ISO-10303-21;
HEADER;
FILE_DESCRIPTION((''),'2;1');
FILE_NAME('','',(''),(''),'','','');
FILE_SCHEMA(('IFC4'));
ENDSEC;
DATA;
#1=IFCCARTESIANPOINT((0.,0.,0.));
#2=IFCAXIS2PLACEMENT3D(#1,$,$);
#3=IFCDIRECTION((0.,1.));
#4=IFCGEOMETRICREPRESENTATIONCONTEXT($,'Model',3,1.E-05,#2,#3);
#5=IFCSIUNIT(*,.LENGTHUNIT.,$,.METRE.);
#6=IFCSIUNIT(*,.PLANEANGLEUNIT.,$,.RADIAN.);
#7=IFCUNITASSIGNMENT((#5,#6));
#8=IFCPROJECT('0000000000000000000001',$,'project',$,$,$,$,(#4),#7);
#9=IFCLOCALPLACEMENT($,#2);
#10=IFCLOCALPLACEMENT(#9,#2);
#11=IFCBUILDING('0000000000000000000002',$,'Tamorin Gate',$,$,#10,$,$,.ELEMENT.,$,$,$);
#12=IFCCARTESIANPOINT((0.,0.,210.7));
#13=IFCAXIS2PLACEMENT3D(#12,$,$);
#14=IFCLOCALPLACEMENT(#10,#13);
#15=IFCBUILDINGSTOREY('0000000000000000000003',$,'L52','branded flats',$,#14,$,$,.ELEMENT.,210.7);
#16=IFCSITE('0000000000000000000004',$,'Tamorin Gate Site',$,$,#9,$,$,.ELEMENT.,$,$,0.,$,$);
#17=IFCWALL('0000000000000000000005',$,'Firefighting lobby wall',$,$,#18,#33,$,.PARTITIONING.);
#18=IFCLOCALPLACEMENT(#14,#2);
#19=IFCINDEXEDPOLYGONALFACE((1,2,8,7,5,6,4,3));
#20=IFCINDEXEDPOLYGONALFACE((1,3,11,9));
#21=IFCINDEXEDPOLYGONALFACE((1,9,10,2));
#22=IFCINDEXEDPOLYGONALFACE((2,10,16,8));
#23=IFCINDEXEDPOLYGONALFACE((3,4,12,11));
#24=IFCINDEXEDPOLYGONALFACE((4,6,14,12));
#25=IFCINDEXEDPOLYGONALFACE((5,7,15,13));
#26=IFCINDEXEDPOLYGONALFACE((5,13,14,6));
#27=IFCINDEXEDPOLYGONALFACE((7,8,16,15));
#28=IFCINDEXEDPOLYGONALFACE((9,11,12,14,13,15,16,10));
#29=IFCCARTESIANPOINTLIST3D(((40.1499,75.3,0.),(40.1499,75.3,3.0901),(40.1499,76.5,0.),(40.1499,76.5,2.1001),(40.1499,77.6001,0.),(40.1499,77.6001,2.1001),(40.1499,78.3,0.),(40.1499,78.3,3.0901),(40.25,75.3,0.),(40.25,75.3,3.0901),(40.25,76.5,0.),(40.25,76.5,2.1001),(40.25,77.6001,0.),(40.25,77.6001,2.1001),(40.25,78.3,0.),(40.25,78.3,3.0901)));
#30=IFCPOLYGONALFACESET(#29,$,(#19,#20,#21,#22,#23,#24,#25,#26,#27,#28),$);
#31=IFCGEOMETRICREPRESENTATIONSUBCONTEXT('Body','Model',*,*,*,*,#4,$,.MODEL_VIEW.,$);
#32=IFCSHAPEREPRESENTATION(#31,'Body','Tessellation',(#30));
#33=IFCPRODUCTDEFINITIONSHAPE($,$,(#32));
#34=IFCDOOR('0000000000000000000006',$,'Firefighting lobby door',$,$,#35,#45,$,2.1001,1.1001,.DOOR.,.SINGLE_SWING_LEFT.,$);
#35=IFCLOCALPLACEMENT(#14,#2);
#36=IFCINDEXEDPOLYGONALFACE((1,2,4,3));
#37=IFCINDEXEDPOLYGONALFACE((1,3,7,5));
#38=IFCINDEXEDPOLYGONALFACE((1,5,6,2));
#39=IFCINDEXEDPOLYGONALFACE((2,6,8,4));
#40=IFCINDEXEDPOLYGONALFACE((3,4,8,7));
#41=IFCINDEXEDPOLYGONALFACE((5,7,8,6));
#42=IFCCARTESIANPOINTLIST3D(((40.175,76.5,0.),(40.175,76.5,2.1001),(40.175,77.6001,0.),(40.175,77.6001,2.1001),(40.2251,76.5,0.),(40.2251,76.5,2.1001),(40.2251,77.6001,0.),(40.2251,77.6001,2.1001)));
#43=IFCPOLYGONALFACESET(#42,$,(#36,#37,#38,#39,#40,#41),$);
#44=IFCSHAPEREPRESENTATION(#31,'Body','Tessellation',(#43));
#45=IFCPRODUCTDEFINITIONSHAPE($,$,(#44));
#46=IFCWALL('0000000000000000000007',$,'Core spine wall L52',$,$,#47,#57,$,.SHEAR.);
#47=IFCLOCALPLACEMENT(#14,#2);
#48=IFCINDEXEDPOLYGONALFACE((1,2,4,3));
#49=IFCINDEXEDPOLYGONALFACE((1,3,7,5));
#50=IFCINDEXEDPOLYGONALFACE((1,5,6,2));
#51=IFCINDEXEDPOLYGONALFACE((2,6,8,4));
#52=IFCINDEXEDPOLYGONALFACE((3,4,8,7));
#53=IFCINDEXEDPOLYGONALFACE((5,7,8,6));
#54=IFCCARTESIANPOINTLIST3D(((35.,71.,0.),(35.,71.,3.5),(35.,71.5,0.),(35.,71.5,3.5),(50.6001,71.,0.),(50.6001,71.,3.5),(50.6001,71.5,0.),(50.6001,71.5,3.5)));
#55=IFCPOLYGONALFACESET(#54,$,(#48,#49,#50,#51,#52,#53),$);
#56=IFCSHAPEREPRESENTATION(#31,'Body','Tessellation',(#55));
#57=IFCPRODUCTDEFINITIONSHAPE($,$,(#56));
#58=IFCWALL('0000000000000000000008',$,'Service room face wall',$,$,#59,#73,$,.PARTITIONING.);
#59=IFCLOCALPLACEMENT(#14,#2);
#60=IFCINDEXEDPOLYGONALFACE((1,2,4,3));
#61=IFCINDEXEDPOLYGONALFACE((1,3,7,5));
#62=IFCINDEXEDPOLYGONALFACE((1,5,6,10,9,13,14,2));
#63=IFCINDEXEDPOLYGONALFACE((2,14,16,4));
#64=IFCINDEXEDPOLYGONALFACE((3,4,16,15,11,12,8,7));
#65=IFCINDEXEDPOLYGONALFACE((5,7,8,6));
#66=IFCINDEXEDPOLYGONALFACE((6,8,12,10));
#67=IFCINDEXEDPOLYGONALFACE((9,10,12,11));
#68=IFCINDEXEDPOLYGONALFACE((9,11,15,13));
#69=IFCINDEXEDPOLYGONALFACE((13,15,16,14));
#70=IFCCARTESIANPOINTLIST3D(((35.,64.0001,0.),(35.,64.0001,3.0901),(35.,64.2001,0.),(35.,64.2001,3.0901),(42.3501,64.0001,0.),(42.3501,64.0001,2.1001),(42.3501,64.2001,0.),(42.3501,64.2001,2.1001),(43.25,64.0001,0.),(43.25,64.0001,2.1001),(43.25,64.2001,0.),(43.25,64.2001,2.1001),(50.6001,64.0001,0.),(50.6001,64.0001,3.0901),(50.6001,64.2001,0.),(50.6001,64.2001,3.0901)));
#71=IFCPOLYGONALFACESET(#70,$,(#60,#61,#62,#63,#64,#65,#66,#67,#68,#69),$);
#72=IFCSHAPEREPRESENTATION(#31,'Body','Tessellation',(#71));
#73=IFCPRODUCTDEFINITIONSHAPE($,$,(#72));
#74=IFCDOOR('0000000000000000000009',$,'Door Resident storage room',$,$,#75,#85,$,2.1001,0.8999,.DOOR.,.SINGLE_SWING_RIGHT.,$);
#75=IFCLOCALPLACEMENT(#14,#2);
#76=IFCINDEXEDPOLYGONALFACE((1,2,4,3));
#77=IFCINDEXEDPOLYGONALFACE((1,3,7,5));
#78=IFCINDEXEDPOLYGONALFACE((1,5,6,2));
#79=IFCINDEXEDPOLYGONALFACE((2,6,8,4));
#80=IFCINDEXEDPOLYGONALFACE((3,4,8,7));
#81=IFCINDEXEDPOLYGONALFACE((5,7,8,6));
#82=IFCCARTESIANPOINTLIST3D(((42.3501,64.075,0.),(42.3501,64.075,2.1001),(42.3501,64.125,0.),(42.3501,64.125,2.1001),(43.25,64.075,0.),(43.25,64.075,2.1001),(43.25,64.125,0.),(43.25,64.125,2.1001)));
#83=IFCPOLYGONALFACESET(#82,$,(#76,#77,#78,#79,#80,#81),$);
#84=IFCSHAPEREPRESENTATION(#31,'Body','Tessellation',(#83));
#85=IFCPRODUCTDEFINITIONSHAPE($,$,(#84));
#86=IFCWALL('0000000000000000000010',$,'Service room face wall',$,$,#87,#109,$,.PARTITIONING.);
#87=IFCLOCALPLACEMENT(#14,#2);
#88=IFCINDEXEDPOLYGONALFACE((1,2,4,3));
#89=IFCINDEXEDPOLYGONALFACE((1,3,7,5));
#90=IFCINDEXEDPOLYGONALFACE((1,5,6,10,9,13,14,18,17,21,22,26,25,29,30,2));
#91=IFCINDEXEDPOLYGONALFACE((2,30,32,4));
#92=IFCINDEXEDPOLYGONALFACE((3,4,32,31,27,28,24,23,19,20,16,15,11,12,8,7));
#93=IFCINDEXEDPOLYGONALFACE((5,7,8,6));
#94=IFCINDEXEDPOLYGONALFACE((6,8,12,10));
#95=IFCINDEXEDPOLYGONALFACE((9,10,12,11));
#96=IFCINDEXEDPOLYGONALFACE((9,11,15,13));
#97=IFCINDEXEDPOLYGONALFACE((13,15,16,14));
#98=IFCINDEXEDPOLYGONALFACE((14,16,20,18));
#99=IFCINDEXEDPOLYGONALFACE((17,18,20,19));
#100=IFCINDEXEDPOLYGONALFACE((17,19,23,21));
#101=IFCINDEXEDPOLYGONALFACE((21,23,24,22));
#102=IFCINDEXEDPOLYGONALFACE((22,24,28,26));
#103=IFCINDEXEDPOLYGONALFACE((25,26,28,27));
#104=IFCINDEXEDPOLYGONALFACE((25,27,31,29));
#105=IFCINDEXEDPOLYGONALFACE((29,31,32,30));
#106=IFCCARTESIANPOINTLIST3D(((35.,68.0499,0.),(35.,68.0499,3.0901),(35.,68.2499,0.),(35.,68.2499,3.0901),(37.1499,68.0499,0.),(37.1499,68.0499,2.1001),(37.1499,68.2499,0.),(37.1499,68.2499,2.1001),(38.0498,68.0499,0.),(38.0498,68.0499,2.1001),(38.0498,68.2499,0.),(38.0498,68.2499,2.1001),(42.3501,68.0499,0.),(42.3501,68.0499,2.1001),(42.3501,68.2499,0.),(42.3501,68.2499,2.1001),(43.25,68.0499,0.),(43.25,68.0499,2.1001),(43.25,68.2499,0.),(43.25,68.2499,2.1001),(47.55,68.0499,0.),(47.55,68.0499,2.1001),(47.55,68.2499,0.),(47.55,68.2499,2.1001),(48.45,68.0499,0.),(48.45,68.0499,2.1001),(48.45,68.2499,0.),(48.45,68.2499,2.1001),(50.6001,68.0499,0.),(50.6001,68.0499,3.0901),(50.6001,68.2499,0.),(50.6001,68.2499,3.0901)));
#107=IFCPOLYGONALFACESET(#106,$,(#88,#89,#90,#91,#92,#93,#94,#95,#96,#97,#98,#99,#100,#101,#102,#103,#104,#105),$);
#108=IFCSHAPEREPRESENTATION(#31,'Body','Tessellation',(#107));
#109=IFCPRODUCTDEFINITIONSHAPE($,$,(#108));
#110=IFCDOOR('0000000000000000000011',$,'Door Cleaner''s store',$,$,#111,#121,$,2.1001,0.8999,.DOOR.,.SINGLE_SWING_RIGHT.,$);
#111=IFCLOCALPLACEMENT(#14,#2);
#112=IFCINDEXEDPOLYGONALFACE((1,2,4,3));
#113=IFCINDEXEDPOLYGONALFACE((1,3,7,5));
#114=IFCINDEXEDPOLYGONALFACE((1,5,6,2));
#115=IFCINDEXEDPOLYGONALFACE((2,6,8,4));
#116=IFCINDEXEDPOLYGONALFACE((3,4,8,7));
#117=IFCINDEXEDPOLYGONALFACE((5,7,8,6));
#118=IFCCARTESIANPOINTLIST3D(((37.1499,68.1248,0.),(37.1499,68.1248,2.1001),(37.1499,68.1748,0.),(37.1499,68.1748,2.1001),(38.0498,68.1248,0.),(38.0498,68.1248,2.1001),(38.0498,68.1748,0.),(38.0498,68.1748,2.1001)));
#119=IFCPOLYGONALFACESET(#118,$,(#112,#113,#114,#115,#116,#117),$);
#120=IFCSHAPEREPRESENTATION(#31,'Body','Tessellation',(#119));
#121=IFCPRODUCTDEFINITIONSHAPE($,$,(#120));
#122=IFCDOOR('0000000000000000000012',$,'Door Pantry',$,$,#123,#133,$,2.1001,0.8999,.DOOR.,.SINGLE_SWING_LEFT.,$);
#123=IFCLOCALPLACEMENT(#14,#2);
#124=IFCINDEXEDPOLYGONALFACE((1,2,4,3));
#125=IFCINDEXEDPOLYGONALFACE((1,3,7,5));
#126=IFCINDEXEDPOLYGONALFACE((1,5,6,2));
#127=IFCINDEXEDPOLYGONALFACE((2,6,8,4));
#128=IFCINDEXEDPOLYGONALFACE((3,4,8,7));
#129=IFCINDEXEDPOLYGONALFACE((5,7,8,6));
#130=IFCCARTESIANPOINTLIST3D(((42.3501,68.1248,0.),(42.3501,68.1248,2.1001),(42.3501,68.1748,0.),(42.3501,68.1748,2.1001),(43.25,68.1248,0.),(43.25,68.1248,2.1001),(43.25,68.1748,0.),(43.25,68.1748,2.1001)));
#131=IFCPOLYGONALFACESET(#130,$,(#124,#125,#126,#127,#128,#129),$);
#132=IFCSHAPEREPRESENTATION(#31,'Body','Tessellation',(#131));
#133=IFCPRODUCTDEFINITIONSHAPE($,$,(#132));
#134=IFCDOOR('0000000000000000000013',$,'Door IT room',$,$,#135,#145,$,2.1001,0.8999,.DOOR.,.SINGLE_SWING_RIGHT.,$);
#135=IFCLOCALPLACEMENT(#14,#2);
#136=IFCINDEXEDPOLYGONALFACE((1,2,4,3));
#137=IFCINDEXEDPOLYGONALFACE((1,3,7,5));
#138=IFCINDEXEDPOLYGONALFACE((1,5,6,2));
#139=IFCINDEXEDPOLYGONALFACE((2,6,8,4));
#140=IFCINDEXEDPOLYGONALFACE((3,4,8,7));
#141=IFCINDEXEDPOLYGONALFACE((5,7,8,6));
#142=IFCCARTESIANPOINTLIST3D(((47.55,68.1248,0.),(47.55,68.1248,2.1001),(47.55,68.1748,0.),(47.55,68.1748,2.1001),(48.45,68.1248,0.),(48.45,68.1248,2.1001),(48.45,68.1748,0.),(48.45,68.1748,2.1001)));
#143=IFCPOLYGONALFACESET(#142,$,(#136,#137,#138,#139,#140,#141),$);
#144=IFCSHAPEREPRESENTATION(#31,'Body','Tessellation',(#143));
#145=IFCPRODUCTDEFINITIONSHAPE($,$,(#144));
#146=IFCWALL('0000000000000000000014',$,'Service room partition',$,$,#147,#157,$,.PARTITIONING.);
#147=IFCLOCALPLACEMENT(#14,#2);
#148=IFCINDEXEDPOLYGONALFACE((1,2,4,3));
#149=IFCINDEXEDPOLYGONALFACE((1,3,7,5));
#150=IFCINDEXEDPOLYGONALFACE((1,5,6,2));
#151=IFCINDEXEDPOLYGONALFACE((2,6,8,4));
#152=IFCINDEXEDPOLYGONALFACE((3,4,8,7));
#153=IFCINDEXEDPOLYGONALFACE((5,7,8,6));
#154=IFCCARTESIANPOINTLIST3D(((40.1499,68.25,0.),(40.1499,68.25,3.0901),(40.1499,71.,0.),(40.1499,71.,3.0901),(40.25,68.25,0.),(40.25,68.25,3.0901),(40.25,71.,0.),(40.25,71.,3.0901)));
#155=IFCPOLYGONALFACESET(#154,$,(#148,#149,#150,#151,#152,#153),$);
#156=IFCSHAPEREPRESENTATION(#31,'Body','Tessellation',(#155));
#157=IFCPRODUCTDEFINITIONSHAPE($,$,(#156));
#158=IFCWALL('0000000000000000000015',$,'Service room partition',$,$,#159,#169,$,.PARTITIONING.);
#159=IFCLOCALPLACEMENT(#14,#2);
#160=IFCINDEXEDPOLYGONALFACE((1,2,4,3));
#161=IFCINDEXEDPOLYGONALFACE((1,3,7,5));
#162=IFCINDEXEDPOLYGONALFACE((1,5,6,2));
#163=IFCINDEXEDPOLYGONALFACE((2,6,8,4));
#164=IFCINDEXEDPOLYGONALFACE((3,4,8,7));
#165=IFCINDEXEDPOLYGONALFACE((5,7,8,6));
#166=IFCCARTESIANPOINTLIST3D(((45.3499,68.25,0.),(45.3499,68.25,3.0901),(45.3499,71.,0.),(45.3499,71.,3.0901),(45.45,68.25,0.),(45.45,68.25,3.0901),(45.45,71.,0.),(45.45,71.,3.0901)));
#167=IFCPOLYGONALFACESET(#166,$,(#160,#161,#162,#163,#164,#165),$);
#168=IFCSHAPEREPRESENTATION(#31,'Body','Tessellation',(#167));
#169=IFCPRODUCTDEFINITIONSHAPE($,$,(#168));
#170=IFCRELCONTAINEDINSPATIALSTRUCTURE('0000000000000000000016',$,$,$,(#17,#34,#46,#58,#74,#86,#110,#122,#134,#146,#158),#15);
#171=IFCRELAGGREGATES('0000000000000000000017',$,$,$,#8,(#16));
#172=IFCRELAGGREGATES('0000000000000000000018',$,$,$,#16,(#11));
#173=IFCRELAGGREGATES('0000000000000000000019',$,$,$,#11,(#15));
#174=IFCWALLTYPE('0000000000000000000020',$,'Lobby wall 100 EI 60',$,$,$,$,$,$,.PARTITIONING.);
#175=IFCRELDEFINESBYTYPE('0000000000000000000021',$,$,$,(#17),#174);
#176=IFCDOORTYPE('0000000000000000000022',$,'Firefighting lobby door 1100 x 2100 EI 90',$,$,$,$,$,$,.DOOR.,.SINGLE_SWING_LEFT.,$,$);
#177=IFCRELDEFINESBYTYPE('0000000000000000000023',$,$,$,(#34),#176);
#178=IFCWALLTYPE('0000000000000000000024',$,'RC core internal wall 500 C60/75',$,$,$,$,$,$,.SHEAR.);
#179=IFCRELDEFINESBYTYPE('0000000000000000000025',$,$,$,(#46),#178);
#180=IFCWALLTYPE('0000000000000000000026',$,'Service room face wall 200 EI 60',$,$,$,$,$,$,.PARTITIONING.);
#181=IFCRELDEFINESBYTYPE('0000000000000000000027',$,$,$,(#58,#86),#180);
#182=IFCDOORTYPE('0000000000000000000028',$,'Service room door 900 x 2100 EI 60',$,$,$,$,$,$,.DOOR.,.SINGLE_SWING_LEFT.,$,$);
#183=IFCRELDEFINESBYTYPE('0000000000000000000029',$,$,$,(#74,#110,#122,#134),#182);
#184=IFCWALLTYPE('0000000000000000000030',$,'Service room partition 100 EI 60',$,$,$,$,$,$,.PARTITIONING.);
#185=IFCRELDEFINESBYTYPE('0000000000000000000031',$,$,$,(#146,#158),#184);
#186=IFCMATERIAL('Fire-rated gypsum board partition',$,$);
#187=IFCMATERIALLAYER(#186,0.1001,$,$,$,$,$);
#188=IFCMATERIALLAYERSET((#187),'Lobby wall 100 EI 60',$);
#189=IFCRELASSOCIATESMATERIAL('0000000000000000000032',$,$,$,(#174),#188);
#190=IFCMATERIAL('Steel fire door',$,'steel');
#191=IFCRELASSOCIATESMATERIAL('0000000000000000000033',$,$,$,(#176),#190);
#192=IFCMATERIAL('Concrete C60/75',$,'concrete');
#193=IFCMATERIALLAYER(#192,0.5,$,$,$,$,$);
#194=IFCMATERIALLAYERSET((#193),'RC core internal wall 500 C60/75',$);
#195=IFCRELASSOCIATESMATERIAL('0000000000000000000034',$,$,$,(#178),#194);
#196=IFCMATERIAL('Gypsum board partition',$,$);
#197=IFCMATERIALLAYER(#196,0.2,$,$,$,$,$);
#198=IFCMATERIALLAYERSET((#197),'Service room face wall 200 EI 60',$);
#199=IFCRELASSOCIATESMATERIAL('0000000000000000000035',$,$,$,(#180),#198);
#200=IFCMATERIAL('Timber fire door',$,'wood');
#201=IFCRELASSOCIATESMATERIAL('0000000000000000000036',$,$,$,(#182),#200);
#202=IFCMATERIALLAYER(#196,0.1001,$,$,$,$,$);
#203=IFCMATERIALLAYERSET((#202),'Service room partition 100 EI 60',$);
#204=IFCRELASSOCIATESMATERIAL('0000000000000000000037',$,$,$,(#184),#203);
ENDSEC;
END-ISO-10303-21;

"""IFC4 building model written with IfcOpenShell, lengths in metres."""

from ifc_helpers import new_model, si_unit, direction, frame, frame_2d, origin, place, context, subcontext, project, spatial, rectangle, extrude, material, layer, layer_set, type_object, element, fill, save


model = new_model("IFC4")

# Units and contexts
model_context = context("Model", 3, precision=1e-05, world=origin(), true_north=direction((0.0, 1.0)))
body_context = subcontext(model_context, "Body", "Model", "MODEL_VIEW")
ifc_project = project(units=[si_unit("LENGTHUNIT", "METRE"), si_unit("PLANEANGLEUNIT", "RADIAN")], contexts=[model_context])

# Site, building, storey
site_placement = place(None, origin())
site = spatial("IfcSite", under=ifc_project, at=site_placement, Name="Tamorin Gate Site", CompositionType="ELEMENT", RefElevation=0.0)
building_placement = place(site_placement, origin())
building = spatial("IfcBuilding", under=site, at=building_placement, Name="Tamorin Gate", CompositionType="ELEMENT")
storey_placement = place(building_placement, frame((0.0, 0.0, 210.7)))
storey = spatial("IfcBuildingStorey", under=building, at=storey_placement, Name="L52", Description="branded flats", CompositionType="ELEMENT", Elevation=210.7)

# Shared definitions
ifc_material_1 = material(Name="Fire-rated gypsum board partition")
ifc_layer_1 = layer(ifc_material_1, 0.1001)
ifc_layer_set_1 = layer_set([ifc_layer_1], Name="Lobby wall 100 EI 60")
wall_type_1 = type_object("IfcWallType", Name="Lobby wall 100 EI 60", PredefinedType="PARTITIONING", material=ifc_layer_set_1)

# Wall, opening, door
wall_1_placement = place(storey_placement, frame((40.2, 75.3, 0.0), z_axis=(0.0, 0.0, 1.0), x_axis=(0.0, 1.0, 0.0)))
wall_1 = element("IfcWall", 1, at=wall_1_placement, inside=storey, type_object=wall_type_1, Name="Firefighting lobby wall", PredefinedType="PARTITIONING", context=body_context, shape_type="SweptSolid", body=[
    extrude(rectangle(XDim=3.0, YDim=0.1001, at=frame_2d((1.5, 0.0))), origin(), (0.0, 0.0, 1.0), 3.0901),
])
opening_1_placement = place(wall_1_placement, frame((1.2, 0.0, 0.0)))
opening_1 = element("IfcOpeningElement", 2, at=opening_1_placement, cuts=wall_1, PredefinedType="OPENING", context=body_context, shape_type="SweptSolid", body=[
    extrude(rectangle(XDim=1.1001, YDim=2.1001, at=frame_2d((0.55, 1.05))), frame((0.0, 0.0601, 0.0), z_axis=(0.0, -1.0, 0.0), x_axis=(1.0, 0.0, 0.0)), (0.0, 0.0, 1.0), 0.1201),
])
ifc_material_2 = material(Name="Steel fire door", Category="steel")
door_type_1 = type_object("IfcDoorType", Name="Firefighting lobby door 1100 x 2100 EI 90", OperationType="SINGLE_SWING_LEFT", PredefinedType="DOOR", material=ifc_material_2)
door_1_placement = place(opening_1_placement, origin())
door_1 = element("IfcDoor", 3, at=door_1_placement, inside=storey, type_object=door_type_1, Name="Firefighting lobby door", OperationType="SINGLE_SWING_LEFT", OverallHeight=2.1001, OverallWidth=1.1001, PredefinedType="DOOR", context=body_context, shape_type="SweptSolid", body=[
    extrude(rectangle(XDim=1.1001, YDim=2.1001, at=frame_2d((0.55, 1.05))), frame((0.0, 0.0249, 0.0), z_axis=(0.0, -1.0, 0.0), x_axis=(1.0, 0.0, 0.0)), (0.0, 0.0, 1.0), 0.05),
])
fill(opening_1, door_1)

# Wall
ifc_material_3 = material(Name="Concrete C60/75", Category="concrete")
ifc_layer_2 = layer(ifc_material_3, 0.5)
ifc_layer_set_2 = layer_set([ifc_layer_2], Name="RC core internal wall 500 C60/75")
wall_type_2 = type_object("IfcWallType", Name="RC core internal wall 500 C60/75", PredefinedType="SHEAR", material=ifc_layer_set_2)
wall_2_placement = place(storey_placement, frame((35.0, 71.25, 0.0), z_axis=(0.0, 0.0, 1.0), x_axis=(1.0, 0.0, 0.0)))
element("IfcWall", 4, at=wall_2_placement, inside=storey, type_object=wall_type_2, Name="Core spine wall L52", PredefinedType="SHEAR", context=body_context, shape_type="SweptSolid", body=[
    extrude(rectangle(XDim=15.6001, YDim=0.5, at=frame_2d((7.8, 0.0))), origin(), (0.0, 0.0, 1.0), 3.5),
])

# Wall, opening, door
ifc_material_4 = material(Name="Gypsum board partition")
ifc_layer_3 = layer(ifc_material_4, 0.2)
ifc_layer_set_3 = layer_set([ifc_layer_3], Name="Service room face wall 200 EI 60")
wall_type_3 = type_object("IfcWallType", Name="Service room face wall 200 EI 60", PredefinedType="PARTITIONING", material=ifc_layer_set_3)
wall_3_placement = place(storey_placement, frame((35.0, 64.1001, 0.0), z_axis=(0.0, 0.0, 1.0), x_axis=(1.0, 0.0, 0.0)))
wall_3 = element("IfcWall", 5, at=wall_3_placement, inside=storey, type_object=wall_type_3, Name="Service room face wall", PredefinedType="PARTITIONING", context=body_context, shape_type="SweptSolid", body=[
    extrude(rectangle(XDim=15.6001, YDim=0.2, at=frame_2d((7.8, 0.0))), origin(), (0.0, 0.0, 1.0), 3.0901),
])
opening_2_placement = place(wall_3_placement, frame((7.3501, 0.0, 0.0)))
opening_2 = element("IfcOpeningElement", 6, at=opening_2_placement, cuts=wall_3, PredefinedType="OPENING", context=body_context, shape_type="SweptSolid", body=[
    extrude(rectangle(XDim=0.8999, YDim=2.1001, at=frame_2d((0.45, 1.05))), frame((0.0, 0.1099, 0.0), z_axis=(0.0, -1.0, 0.0), x_axis=(1.0, 0.0, 0.0)), (0.0, 0.0, 1.0), 0.22),
])
ifc_material_5 = material(Name="Timber fire door", Category="wood")
door_type_2 = type_object("IfcDoorType", Name="Service room door 900 x 2100 EI 60", OperationType="SINGLE_SWING_LEFT", PredefinedType="DOOR", material=ifc_material_5)
door_2_placement = place(opening_2_placement, origin())
door_2 = element("IfcDoor", 7, at=door_2_placement, inside=storey, type_object=door_type_2, Name="Door Resident storage room", OperationType="SINGLE_SWING_RIGHT", OverallHeight=2.1001, OverallWidth=0.8999, PredefinedType="DOOR", context=body_context, shape_type="SweptSolid", body=[
    extrude(rectangle(XDim=0.8999, YDim=2.1001, at=frame_2d((0.45, 1.05))), frame((0.0, 0.0249, 0.0), z_axis=(0.0, -1.0, 0.0), x_axis=(1.0, 0.0, 0.0)), (0.0, 0.0, 1.0), 0.05),
])
fill(opening_2, door_2)

# Wall, openings, doors
wall_4_placement = place(storey_placement, frame((35.0, 68.1499, 0.0), z_axis=(0.0, 0.0, 1.0), x_axis=(1.0, 0.0, 0.0)))
wall_4 = element("IfcWall", 8, at=wall_4_placement, inside=storey, type_object=wall_type_3, Name="Service room face wall", PredefinedType="PARTITIONING", context=body_context, shape_type="SweptSolid", body=[
    extrude(rectangle(XDim=15.6001, YDim=0.2, at=frame_2d((7.8, 0.0))), origin(), (0.0, 0.0, 1.0), 3.0901),
])
opening_3_placement = place(wall_4_placement, frame((2.1499, 0.0, 0.0)))
opening_3 = element("IfcOpeningElement", 9, at=opening_3_placement, cuts=wall_4, PredefinedType="OPENING", context=body_context, shape_type="SweptSolid", body=[
    extrude(rectangle(XDim=0.8999, YDim=2.1001, at=frame_2d((0.45, 1.05))), frame((0.0, 0.1099, 0.0), z_axis=(0.0, -1.0, 0.0), x_axis=(1.0, 0.0, 0.0)), (0.0, 0.0, 1.0), 0.22),
])
opening_4_placement = place(wall_4_placement, frame((7.3501, 0.0, 0.0)))
opening_4 = element("IfcOpeningElement", 10, at=opening_4_placement, cuts=wall_4, PredefinedType="OPENING", context=body_context, shape_type="SweptSolid", body=[
    extrude(rectangle(XDim=0.8999, YDim=2.1001, at=frame_2d((0.45, 1.05))), frame((0.0, 0.1099, 0.0), z_axis=(0.0, -1.0, 0.0), x_axis=(1.0, 0.0, 0.0)), (0.0, 0.0, 1.0), 0.22),
])
opening_5_placement = place(wall_4_placement, frame((12.55, 0.0, 0.0)))
opening_5 = element("IfcOpeningElement", 11, at=opening_5_placement, cuts=wall_4, PredefinedType="OPENING", context=body_context, shape_type="SweptSolid", body=[
    extrude(rectangle(XDim=0.8999, YDim=2.1001, at=frame_2d((0.45, 1.05))), frame((0.0, 0.1099, 0.0), z_axis=(0.0, -1.0, 0.0), x_axis=(1.0, 0.0, 0.0)), (0.0, 0.0, 1.0), 0.22),
])
door_3_placement = place(opening_3_placement, origin())
door_3 = element("IfcDoor", 12, at=door_3_placement, inside=storey, type_object=door_type_2, Name="Door Cleaner's store", OperationType="SINGLE_SWING_RIGHT", OverallHeight=2.1001, OverallWidth=0.8999, PredefinedType="DOOR", context=body_context, shape_type="SweptSolid", body=[
    extrude(rectangle(XDim=0.8999, YDim=2.1001, at=frame_2d((0.45, 1.05))), frame((0.0, 0.0249, 0.0), z_axis=(0.0, -1.0, 0.0), x_axis=(1.0, 0.0, 0.0)), (0.0, 0.0, 1.0), 0.05),
])
fill(opening_3, door_3)
door_4_placement = place(opening_4_placement, origin())
door_4 = element("IfcDoor", 13, at=door_4_placement, inside=storey, type_object=door_type_2, Name="Door Pantry", OperationType="SINGLE_SWING_LEFT", OverallHeight=2.1001, OverallWidth=0.8999, PredefinedType="DOOR", context=body_context, shape_type="SweptSolid", body=[
    extrude(rectangle(XDim=0.8999, YDim=2.1001, at=frame_2d((0.45, 1.05))), frame((0.0, 0.0249, 0.0), z_axis=(0.0, -1.0, 0.0), x_axis=(1.0, 0.0, 0.0)), (0.0, 0.0, 1.0), 0.05),
])
fill(opening_4, door_4)
door_5_placement = place(opening_5_placement, origin())
door_5 = element("IfcDoor", 14, at=door_5_placement, inside=storey, type_object=door_type_2, Name="Door IT room", OperationType="SINGLE_SWING_RIGHT", OverallHeight=2.1001, OverallWidth=0.8999, PredefinedType="DOOR", context=body_context, shape_type="SweptSolid", body=[
    extrude(rectangle(XDim=0.8999, YDim=2.1001, at=frame_2d((0.45, 1.05))), frame((0.0, 0.0249, 0.0), z_axis=(0.0, -1.0, 0.0), x_axis=(1.0, 0.0, 0.0)), (0.0, 0.0, 1.0), 0.05),
])
fill(opening_5, door_5)

# Walls
ifc_layer_4 = layer(ifc_material_4, 0.1001)
ifc_layer_set_4 = layer_set([ifc_layer_4], Name="Service room partition 100 EI 60")
wall_type_4 = type_object("IfcWallType", Name="Service room partition 100 EI 60", PredefinedType="PARTITIONING", material=ifc_layer_set_4)
for number, where, z_axis, x_axis, name in (
    (15, (40.2, 68.25, 0.0), (0.0, 0.0, 1.0), (0.0, 1.0, 0.0), "Service room partition"),
    (16, (45.3999, 68.25, 0.0), (0.0, 0.0, 1.0), (0.0, 1.0, 0.0), "Service room partition"),
):
    element("IfcWall", number, at=place(storey_placement, frame(where, z_axis=z_axis, x_axis=x_axis)), inside=storey, type_object=wall_type_4, Name=name, PredefinedType="PARTITIONING", context=body_context, shape_type="SweptSolid", body=[
        extrude(rectangle(XDim=2.75, YDim=0.1001, at=frame_2d((1.375, 0.0))), origin(), (0.0, 0.0, 1.0), 3.0901),
    ])

save(model, "model.ifc")
